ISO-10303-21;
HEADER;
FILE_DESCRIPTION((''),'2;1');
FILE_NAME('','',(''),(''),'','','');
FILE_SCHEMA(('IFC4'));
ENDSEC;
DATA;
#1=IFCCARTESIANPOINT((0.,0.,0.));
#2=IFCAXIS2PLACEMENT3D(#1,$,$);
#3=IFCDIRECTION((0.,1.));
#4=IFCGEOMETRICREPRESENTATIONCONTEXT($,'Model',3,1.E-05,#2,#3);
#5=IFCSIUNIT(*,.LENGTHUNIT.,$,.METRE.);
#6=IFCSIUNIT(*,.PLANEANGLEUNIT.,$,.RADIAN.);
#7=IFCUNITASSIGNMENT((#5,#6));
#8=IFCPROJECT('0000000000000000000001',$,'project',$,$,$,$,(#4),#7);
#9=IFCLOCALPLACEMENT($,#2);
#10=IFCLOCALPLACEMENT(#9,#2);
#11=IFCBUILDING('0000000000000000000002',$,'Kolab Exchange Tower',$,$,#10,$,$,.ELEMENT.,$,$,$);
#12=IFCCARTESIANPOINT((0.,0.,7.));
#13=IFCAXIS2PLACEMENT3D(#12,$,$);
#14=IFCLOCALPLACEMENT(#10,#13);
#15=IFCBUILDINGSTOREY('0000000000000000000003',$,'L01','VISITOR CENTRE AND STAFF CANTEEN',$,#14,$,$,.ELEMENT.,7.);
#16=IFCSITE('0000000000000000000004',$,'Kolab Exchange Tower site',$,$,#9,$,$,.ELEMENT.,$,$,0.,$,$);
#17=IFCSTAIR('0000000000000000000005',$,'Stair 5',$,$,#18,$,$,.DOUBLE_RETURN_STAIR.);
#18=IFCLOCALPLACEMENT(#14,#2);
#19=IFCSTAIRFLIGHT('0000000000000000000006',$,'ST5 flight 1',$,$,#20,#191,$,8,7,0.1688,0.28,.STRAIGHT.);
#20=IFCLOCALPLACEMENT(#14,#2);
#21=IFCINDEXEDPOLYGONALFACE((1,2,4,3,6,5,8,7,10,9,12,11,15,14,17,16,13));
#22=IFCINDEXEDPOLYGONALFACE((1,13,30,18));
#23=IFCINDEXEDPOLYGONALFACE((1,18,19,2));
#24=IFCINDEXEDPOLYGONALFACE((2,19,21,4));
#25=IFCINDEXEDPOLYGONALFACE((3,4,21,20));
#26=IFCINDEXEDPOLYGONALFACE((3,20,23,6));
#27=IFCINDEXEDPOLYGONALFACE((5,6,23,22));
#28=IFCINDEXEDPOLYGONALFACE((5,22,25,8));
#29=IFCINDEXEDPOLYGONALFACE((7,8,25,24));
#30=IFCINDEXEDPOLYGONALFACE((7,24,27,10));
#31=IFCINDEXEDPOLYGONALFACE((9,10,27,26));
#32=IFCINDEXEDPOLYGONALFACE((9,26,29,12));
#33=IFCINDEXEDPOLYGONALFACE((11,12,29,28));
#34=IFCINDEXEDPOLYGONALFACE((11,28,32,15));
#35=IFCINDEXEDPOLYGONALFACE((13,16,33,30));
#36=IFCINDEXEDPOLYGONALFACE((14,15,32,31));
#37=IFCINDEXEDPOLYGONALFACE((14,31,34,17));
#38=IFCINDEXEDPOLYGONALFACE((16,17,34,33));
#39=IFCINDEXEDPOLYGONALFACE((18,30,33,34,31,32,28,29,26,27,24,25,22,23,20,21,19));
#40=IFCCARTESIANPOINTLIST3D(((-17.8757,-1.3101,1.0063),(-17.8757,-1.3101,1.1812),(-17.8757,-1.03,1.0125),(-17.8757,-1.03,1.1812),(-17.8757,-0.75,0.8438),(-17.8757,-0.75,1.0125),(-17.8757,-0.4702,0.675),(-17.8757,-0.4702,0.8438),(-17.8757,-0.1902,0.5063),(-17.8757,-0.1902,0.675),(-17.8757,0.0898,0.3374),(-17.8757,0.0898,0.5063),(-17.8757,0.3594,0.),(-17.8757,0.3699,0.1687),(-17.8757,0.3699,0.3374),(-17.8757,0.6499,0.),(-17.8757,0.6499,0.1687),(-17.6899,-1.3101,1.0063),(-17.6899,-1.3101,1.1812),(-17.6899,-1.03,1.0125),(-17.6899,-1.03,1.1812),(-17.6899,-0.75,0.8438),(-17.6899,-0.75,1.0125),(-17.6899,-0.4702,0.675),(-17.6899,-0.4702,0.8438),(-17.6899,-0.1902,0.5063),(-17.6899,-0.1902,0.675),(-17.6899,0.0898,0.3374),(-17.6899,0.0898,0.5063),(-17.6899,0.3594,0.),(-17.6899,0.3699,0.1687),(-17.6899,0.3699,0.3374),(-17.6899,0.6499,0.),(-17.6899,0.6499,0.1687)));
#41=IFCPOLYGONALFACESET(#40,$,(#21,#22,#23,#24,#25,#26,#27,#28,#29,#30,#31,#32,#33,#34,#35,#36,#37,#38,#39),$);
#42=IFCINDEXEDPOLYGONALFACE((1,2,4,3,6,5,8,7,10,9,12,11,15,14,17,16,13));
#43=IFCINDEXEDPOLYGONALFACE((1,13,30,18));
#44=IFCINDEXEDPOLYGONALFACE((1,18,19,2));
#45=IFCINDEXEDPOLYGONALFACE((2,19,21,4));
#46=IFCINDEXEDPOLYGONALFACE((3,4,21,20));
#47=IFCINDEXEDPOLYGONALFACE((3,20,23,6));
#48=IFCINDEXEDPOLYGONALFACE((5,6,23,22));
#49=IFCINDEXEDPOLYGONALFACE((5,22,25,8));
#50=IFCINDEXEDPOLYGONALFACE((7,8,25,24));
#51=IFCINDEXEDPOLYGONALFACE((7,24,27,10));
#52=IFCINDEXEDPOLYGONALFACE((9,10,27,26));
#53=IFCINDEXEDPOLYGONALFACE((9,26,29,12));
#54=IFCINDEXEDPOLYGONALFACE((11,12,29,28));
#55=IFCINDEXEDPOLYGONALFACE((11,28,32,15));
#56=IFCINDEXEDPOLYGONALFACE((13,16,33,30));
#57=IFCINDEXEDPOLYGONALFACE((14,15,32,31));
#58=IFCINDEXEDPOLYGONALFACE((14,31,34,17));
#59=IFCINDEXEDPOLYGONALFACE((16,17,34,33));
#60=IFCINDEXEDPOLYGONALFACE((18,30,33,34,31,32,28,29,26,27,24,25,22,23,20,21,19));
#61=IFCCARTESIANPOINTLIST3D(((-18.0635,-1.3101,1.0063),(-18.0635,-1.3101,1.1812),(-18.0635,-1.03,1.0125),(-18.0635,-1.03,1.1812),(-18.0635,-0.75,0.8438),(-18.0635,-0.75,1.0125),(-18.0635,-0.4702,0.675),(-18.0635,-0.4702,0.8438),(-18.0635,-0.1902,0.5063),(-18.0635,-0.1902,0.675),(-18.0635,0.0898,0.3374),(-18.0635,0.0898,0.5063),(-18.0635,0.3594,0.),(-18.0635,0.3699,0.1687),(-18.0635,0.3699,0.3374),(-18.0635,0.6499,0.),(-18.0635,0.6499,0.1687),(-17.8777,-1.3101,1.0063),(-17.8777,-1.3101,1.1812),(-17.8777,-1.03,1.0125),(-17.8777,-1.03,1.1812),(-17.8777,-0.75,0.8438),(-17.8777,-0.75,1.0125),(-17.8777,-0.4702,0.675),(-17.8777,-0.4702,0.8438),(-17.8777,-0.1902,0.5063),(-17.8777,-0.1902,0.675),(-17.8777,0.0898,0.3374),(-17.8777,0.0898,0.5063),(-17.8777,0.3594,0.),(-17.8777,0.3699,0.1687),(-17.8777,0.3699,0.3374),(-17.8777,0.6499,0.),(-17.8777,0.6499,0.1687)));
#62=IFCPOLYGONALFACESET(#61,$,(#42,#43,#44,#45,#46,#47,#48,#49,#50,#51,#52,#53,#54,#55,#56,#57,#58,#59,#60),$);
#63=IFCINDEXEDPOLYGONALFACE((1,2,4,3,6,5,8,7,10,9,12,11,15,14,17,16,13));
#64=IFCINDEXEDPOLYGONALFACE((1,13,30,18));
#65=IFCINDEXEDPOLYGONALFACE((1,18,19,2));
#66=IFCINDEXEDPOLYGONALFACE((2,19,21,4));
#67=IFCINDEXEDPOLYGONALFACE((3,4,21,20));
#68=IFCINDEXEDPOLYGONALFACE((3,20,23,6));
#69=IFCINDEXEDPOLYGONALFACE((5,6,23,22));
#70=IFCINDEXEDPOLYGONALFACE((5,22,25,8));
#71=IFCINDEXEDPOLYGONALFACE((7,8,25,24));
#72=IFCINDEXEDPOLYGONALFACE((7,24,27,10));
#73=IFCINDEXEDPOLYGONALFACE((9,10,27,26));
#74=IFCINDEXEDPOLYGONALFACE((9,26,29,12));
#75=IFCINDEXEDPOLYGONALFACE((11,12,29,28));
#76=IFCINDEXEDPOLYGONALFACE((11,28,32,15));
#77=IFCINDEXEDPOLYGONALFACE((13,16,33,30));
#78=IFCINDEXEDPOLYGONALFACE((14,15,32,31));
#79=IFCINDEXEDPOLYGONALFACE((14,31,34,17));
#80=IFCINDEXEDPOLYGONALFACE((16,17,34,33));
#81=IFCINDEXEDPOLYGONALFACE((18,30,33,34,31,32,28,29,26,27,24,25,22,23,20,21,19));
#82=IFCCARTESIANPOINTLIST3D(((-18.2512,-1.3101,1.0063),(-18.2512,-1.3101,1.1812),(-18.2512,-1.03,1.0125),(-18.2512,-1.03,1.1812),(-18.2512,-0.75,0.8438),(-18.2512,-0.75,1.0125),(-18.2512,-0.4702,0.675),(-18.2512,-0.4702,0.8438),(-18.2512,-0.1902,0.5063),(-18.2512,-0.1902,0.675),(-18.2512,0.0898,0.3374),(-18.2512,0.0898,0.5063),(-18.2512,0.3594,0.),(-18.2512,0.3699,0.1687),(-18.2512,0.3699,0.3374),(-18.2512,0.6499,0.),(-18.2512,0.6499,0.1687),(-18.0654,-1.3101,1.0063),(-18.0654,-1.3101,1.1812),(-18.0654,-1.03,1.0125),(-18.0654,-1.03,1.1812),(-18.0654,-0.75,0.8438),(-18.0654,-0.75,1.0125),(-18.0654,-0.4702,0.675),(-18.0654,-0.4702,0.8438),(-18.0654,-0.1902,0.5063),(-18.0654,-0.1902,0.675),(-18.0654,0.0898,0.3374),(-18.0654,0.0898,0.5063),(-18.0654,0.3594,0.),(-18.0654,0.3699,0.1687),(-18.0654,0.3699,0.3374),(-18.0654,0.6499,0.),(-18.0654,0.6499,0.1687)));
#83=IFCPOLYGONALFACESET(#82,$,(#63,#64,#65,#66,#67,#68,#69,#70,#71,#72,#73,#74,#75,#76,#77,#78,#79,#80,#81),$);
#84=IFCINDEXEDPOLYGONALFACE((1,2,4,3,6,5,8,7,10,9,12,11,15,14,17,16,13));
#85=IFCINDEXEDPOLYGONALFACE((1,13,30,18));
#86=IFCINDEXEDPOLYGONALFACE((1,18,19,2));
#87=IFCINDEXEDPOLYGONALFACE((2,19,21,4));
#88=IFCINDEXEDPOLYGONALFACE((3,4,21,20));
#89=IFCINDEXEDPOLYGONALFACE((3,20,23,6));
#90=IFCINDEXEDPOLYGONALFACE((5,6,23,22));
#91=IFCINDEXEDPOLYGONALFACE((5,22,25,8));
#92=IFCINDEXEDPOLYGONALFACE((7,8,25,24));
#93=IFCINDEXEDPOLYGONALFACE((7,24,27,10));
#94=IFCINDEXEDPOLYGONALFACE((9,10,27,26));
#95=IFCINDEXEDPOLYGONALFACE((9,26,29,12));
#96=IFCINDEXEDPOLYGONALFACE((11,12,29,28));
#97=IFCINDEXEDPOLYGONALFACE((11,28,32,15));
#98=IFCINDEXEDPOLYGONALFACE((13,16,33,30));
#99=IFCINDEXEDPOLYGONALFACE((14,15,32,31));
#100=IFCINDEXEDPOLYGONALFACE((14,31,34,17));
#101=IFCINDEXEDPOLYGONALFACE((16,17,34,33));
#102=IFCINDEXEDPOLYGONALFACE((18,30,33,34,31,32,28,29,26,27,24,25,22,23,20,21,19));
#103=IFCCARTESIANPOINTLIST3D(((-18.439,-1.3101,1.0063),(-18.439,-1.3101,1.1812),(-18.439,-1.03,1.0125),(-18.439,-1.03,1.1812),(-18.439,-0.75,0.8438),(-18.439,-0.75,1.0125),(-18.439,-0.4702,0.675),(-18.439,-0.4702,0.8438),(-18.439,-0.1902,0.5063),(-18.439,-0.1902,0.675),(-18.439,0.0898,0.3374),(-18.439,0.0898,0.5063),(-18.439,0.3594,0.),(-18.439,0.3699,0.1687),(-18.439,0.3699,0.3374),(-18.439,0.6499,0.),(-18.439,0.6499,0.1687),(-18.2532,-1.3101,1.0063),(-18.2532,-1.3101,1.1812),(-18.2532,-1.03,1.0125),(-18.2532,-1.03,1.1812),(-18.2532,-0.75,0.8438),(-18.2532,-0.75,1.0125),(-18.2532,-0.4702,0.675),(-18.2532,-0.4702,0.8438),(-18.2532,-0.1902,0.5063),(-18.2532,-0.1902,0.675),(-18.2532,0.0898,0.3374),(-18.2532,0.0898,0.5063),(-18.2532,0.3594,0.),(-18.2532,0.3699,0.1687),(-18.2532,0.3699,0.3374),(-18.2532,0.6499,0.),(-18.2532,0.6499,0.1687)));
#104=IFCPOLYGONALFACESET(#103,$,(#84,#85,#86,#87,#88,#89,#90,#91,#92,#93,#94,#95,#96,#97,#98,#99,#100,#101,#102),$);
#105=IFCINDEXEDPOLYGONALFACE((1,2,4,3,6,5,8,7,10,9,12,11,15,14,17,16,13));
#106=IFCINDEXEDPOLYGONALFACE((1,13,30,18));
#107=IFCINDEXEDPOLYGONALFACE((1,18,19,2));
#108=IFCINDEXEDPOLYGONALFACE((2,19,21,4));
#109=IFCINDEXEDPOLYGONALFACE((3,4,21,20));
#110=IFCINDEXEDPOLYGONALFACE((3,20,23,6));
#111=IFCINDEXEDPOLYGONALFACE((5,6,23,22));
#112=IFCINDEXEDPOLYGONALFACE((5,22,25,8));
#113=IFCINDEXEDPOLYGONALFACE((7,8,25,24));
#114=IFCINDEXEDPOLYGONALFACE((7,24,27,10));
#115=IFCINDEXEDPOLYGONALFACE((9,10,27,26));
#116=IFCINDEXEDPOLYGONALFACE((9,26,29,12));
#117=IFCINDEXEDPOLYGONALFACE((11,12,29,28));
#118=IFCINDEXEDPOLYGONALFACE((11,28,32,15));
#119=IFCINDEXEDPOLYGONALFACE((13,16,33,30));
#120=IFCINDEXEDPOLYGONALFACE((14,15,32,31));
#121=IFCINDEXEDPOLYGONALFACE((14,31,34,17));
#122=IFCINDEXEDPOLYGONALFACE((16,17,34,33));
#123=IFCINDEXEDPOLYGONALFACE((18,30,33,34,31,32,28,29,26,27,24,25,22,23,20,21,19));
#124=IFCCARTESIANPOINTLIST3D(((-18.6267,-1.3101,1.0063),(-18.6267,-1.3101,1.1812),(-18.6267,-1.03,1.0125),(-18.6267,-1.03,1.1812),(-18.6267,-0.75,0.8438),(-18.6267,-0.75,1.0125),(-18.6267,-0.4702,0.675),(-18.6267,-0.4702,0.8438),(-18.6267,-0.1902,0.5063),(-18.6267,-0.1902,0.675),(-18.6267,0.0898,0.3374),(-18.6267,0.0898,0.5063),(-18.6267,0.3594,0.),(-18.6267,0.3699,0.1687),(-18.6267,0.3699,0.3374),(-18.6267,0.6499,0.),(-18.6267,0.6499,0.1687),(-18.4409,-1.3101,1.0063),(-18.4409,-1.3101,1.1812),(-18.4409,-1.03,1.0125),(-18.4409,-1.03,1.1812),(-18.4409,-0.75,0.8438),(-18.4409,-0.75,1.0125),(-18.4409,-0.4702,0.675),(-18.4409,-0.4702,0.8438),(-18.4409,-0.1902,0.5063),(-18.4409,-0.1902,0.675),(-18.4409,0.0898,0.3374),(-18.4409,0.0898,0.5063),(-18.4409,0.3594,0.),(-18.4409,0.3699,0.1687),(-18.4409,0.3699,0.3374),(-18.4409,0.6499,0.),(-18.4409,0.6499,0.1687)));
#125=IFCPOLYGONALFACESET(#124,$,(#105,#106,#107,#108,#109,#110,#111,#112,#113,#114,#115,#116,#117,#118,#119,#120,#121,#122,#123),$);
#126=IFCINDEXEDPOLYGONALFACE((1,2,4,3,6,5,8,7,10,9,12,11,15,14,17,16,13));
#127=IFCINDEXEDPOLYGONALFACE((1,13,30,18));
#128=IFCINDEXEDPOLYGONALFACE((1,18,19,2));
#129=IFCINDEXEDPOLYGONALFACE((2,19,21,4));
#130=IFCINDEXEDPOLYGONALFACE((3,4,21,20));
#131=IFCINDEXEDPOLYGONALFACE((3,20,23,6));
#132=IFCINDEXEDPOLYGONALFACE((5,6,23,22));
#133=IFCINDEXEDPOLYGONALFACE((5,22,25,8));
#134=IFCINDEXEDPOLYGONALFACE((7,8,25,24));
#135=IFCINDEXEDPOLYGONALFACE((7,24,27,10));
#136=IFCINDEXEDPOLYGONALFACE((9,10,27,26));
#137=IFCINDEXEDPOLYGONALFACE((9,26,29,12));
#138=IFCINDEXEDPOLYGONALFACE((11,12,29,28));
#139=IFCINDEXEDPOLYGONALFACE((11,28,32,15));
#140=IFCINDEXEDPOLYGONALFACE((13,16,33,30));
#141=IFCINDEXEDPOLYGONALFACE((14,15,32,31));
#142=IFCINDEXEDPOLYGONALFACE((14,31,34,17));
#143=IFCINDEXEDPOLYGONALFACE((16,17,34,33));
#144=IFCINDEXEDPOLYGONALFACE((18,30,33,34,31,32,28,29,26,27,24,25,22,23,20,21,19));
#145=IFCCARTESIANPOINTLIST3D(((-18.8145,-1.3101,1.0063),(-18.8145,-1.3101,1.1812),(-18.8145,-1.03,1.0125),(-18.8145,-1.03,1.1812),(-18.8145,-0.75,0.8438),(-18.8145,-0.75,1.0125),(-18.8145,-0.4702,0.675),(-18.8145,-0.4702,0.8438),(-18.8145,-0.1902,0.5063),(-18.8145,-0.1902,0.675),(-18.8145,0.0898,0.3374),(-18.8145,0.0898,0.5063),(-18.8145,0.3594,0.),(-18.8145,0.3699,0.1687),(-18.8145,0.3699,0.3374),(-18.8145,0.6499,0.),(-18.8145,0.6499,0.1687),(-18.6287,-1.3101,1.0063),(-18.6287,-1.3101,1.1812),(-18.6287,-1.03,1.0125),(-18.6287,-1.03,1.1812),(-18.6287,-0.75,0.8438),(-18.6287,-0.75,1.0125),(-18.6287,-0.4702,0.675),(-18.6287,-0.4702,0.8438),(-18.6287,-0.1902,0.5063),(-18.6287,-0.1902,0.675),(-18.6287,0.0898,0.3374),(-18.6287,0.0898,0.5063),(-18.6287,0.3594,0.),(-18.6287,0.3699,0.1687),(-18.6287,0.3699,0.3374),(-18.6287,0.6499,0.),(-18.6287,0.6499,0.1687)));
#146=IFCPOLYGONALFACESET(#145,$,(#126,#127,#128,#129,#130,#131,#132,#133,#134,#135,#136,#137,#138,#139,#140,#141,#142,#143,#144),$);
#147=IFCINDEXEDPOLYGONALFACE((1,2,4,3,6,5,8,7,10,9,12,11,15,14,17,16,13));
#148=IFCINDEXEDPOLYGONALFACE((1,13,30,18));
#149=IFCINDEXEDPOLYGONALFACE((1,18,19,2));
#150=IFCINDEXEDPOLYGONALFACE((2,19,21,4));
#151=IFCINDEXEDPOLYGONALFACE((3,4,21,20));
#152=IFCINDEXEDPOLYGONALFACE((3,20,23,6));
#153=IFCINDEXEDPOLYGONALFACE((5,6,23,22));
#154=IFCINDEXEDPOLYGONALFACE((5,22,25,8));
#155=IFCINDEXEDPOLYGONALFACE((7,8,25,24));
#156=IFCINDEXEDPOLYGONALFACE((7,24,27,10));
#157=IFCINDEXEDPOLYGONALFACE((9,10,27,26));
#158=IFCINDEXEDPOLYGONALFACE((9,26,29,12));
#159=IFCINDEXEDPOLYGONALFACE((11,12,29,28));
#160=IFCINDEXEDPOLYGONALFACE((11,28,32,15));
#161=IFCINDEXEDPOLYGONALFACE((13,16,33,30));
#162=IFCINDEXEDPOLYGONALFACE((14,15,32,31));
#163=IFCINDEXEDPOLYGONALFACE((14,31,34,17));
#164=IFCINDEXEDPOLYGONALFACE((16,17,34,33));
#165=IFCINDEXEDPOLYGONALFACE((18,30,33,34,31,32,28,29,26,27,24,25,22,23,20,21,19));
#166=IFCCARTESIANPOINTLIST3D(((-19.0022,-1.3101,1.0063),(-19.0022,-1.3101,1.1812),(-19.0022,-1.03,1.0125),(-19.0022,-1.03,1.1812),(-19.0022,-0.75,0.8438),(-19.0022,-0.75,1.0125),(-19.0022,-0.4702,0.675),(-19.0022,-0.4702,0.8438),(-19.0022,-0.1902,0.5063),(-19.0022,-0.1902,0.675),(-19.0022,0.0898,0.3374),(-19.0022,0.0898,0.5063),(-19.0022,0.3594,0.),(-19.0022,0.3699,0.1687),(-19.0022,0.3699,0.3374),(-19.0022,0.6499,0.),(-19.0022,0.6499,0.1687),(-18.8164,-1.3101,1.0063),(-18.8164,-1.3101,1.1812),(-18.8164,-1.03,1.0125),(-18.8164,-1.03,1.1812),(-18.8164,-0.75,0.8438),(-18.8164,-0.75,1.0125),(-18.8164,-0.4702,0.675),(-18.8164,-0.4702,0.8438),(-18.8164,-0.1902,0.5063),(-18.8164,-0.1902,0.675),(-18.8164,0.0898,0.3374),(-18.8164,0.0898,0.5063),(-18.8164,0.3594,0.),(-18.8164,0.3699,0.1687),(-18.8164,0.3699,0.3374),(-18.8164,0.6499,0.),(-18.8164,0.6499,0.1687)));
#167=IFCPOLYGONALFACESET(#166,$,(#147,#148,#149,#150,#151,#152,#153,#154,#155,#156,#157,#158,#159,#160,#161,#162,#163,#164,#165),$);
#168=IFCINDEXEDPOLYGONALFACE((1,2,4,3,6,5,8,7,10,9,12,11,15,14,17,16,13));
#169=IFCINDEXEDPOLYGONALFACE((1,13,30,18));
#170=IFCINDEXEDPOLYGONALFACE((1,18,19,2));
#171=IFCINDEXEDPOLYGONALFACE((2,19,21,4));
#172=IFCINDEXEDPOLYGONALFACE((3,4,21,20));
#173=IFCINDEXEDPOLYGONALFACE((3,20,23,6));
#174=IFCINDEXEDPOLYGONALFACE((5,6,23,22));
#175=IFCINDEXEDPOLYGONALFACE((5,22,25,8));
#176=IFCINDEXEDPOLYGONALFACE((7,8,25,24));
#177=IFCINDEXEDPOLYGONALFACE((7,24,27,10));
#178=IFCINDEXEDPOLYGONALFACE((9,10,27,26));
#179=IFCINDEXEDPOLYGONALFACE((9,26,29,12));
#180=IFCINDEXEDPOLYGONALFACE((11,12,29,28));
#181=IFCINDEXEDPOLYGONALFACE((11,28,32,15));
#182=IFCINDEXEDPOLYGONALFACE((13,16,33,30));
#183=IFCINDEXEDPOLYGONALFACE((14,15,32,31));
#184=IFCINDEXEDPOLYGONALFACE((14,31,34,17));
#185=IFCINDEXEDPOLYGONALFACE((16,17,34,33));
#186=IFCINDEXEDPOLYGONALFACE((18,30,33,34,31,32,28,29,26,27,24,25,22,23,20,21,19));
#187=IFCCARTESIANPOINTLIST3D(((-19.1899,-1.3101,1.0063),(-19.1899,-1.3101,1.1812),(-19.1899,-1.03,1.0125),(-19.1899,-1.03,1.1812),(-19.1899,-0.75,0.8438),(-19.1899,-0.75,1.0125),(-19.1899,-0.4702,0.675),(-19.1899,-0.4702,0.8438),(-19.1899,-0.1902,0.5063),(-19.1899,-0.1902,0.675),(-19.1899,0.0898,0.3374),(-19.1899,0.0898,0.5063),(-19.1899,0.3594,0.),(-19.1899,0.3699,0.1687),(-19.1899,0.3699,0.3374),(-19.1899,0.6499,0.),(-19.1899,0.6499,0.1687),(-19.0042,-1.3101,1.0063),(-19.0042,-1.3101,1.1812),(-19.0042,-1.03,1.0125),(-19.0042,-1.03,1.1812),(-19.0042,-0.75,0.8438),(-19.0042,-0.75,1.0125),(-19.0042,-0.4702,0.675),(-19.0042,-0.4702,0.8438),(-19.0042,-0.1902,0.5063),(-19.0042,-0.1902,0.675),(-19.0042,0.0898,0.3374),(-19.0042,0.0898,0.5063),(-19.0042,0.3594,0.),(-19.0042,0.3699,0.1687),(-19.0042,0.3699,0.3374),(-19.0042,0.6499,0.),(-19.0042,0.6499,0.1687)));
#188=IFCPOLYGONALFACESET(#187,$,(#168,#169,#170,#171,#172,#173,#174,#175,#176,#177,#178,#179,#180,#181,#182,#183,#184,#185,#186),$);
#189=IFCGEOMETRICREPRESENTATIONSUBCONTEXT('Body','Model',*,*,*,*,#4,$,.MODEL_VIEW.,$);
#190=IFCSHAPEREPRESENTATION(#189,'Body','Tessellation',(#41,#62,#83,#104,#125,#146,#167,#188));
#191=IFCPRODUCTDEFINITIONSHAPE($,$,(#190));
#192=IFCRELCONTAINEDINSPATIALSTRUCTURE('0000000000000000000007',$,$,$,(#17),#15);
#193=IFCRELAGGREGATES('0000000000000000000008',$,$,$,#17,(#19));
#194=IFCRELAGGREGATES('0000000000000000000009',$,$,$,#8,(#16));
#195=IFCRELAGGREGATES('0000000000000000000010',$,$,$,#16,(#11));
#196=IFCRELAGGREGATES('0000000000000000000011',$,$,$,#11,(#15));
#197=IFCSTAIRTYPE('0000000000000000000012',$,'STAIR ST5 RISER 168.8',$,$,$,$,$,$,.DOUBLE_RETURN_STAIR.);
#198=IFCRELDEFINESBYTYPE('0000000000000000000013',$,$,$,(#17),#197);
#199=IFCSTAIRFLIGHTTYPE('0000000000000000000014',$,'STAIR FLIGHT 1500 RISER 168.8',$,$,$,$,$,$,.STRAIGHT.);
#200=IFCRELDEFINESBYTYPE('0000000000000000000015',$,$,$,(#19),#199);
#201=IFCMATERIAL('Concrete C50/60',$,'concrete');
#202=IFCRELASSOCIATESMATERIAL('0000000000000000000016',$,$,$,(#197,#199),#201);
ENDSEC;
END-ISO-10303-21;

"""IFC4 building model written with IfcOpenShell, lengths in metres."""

from ifc_helpers import new_model, si_unit, direction, frame, origin, place, context, subcontext, project, spatial, polyline, outline, extrude, material, type_object, element, aggregate, save


model = new_model("IFC4")

# Units and contexts
model_context = context("Model", 3, precision=1e-05, world=origin(), true_north=direction((0.0, 1.0)))
body_context = subcontext(model_context, "Body", "Model", "MODEL_VIEW")
ifc_project = project(units=[si_unit("LENGTHUNIT", "METRE"), si_unit("PLANEANGLEUNIT", "RADIAN")], contexts=[model_context])

# Site, building, storey
site_placement = place(None, origin())
site = spatial("IfcSite", under=ifc_project, at=site_placement, Name="Kolab Exchange Tower site", CompositionType="ELEMENT", RefElevation=0.0)
building_placement = place(site_placement, origin())
building = spatial("IfcBuilding", under=site, at=building_placement, Name="Kolab Exchange Tower", CompositionType="ELEMENT")
storey_placement = place(building_placement, frame((0.0, 0.0, 7.0)))
storey = spatial("IfcBuildingStorey", under=building, at=storey_placement, Name="L01", Description="VISITOR CENTRE AND STAFF CANTEEN", CompositionType="ELEMENT", Elevation=7.0)

# Shared definitions
ifc_material_1 = material(Name="Concrete C50/60", Category="concrete")

# Stair, stair flight
stair_type = type_object("IfcStairType", Name="STAIR ST5 RISER 168.8", PredefinedType="DOUBLE_RETURN_STAIR", material=ifc_material_1)
stair_placement = place(storey_placement, origin())
stair = element("IfcStair", 1, at=stair_placement, inside=storey, type_object=stair_type, Name="Stair 5", PredefinedType="DOUBLE_RETURN_STAIR")
stair_flight_type = type_object("IfcStairFlightType", Name="STAIR FLIGHT 1500 RISER 168.8", PredefinedType="STRAIGHT", material=ifc_material_1)
stair_flight_1_placement = place(storey_placement, frame((-18.4399, 0.6499, 0.0), z_axis=(0.0, 0.0, 1.0), x_axis=(0.0, -1.0, 0.0)))
stair_flight_1 = element("IfcStairFlight", 2, at=stair_flight_1_placement, type_object=stair_flight_type, Name="ST5 flight 1", NumberOfRisers=8, NumberOfTreads=7, PredefinedType="STRAIGHT", RiserHeight=0.1688, TreadLength=0.28, context=body_context, shape_type="SweptSolid", body=[
    extrude(outline(polyline([(0.0, 0.0), (0.0, 0.1687), (0.28, 0.1687), (0.28, 0.3374), (0.5601, 0.3374), (0.5601, 0.5063), (0.8401, 0.5063), (0.8401, 0.675), (1.1201, 0.675), (1.1201, 0.8438), (1.3999, 0.8438), (1.3999, 1.0125), (1.6799, 1.0125), (1.6799, 1.1812), (1.96, 1.1812), (1.96, 1.3501), (1.96, 1.0063), (0.2905, 0.0), (0.0, 0.0)])), frame((0.0, 0.75, 0.0), z_axis=(0.0, -1.0, 0.0), x_axis=(1.0, 0.0, 0.0)), (0.0, 0.0, 1.0), 0.1858),
    extrude(outline(polyline([(0.0, 0.0), (0.0, 0.1687), (0.28, 0.1687), (0.28, 0.3374), (0.5601, 0.3374), (0.5601, 0.5063), (0.8401, 0.5063), (0.8401, 0.675), (1.1201, 0.675), (1.1201, 0.8438), (1.3999, 0.8438), (1.3999, 1.0125), (1.6799, 1.0125), (1.6799, 1.1812), (1.96, 1.1812), (1.96, 1.3501), (1.96, 1.0063), (0.2905, 0.0), (0.0, 0.0)])), frame((0.0, 0.5623, 0.0), z_axis=(0.0, -1.0, 0.0), x_axis=(1.0, 0.0, 0.0)), (0.0, 0.0, 1.0), 0.1858),
    extrude(outline(polyline([(0.0, 0.0), (0.0, 0.1687), (0.28, 0.1687), (0.28, 0.3374), (0.5601, 0.3374), (0.5601, 0.5063), (0.8401, 0.5063), (0.8401, 0.675), (1.1201, 0.675), (1.1201, 0.8438), (1.3999, 0.8438), (1.3999, 1.0125), (1.6799, 1.0125), (1.6799, 1.1812), (1.96, 1.1812), (1.96, 1.3501), (1.96, 1.0063), (0.2905, 0.0), (0.0, 0.0)])), frame((0.0, 0.3745, 0.0), z_axis=(0.0, -1.0, 0.0), x_axis=(1.0, 0.0, 0.0)), (0.0, 0.0, 1.0), 0.1858),
    extrude(outline(polyline([(0.0, 0.0), (0.0, 0.1687), (0.28, 0.1687), (0.28, 0.3374), (0.5601, 0.3374), (0.5601, 0.5063), (0.8401, 0.5063), (0.8401, 0.675), (1.1201, 0.675), (1.1201, 0.8438), (1.3999, 0.8438), (1.3999, 1.0125), (1.6799, 1.0125), (1.6799, 1.1812), (1.96, 1.1812), (1.96, 1.3501), (1.96, 1.0063), (0.2905, 0.0), (0.0, 0.0)])), frame((0.0, 0.1868, 0.0), z_axis=(0.0, -1.0, 0.0), x_axis=(1.0, 0.0, 0.0)), (0.0, 0.0, 1.0), 0.1858),
    extrude(outline(polyline([(0.0, 0.0), (0.0, 0.1687), (0.28, 0.1687), (0.28, 0.3374), (0.5601, 0.3374), (0.5601, 0.5063), (0.8401, 0.5063), (0.8401, 0.675), (1.1201, 0.675), (1.1201, 0.8438), (1.3999, 0.8438), (1.3999, 1.0125), (1.6799, 1.0125), (1.6799, 1.1812), (1.96, 1.1812), (1.96, 1.3501), (1.96, 1.0063), (0.2905, 0.0), (0.0, 0.0)])), frame((0.0, -0.001, 0.0), z_axis=(0.0, -1.0, 0.0), x_axis=(1.0, 0.0, 0.0)), (0.0, 0.0, 1.0), 0.1858),
    extrude(outline(polyline([(0.0, 0.0), (0.0, 0.1687), (0.28, 0.1687), (0.28, 0.3374), (0.5601, 0.3374), (0.5601, 0.5063), (0.8401, 0.5063), (0.8401, 0.675), (1.1201, 0.675), (1.1201, 0.8438), (1.3999, 0.8438), (1.3999, 1.0125), (1.6799, 1.0125), (1.6799, 1.1812), (1.96, 1.1812), (1.96, 1.3501), (1.96, 1.0063), (0.2905, 0.0), (0.0, 0.0)])), frame((0.0, -0.1887, 0.0), z_axis=(0.0, -1.0, 0.0), x_axis=(1.0, 0.0, 0.0)), (0.0, 0.0, 1.0), 0.1858),
    extrude(outline(polyline([(0.0, 0.0), (0.0, 0.1687), (0.28, 0.1687), (0.28, 0.3374), (0.5601, 0.3374), (0.5601, 0.5063), (0.8401, 0.5063), (0.8401, 0.675), (1.1201, 0.675), (1.1201, 0.8438), (1.3999, 0.8438), (1.3999, 1.0125), (1.6799, 1.0125), (1.6799, 1.1812), (1.96, 1.1812), (1.96, 1.3501), (1.96, 1.0063), (0.2905, 0.0), (0.0, 0.0)])), frame((0.0, -0.3765, 0.0), z_axis=(0.0, -1.0, 0.0), x_axis=(1.0, 0.0, 0.0)), (0.0, 0.0, 1.0), 0.1858),
    extrude(outline(polyline([(0.0, 0.0), (0.0, 0.1687), (0.28, 0.1687), (0.28, 0.3374), (0.5601, 0.3374), (0.5601, 0.5063), (0.8401, 0.5063), (0.8401, 0.675), (1.1201, 0.675), (1.1201, 0.8438), (1.3999, 0.8438), (1.3999, 1.0125), (1.6799, 1.0125), (1.6799, 1.1812), (1.96, 1.1812), (1.96, 1.3501), (1.96, 1.0063), (0.2905, 0.0), (0.0, 0.0)])), frame((0.0, -0.5642, 0.0), z_axis=(0.0, -1.0, 0.0), x_axis=(1.0, 0.0, 0.0)), (0.0, 0.0, 1.0), 0.1858),
])
aggregate(stair, [stair_flight_1])

save(model, "model.ifc")
